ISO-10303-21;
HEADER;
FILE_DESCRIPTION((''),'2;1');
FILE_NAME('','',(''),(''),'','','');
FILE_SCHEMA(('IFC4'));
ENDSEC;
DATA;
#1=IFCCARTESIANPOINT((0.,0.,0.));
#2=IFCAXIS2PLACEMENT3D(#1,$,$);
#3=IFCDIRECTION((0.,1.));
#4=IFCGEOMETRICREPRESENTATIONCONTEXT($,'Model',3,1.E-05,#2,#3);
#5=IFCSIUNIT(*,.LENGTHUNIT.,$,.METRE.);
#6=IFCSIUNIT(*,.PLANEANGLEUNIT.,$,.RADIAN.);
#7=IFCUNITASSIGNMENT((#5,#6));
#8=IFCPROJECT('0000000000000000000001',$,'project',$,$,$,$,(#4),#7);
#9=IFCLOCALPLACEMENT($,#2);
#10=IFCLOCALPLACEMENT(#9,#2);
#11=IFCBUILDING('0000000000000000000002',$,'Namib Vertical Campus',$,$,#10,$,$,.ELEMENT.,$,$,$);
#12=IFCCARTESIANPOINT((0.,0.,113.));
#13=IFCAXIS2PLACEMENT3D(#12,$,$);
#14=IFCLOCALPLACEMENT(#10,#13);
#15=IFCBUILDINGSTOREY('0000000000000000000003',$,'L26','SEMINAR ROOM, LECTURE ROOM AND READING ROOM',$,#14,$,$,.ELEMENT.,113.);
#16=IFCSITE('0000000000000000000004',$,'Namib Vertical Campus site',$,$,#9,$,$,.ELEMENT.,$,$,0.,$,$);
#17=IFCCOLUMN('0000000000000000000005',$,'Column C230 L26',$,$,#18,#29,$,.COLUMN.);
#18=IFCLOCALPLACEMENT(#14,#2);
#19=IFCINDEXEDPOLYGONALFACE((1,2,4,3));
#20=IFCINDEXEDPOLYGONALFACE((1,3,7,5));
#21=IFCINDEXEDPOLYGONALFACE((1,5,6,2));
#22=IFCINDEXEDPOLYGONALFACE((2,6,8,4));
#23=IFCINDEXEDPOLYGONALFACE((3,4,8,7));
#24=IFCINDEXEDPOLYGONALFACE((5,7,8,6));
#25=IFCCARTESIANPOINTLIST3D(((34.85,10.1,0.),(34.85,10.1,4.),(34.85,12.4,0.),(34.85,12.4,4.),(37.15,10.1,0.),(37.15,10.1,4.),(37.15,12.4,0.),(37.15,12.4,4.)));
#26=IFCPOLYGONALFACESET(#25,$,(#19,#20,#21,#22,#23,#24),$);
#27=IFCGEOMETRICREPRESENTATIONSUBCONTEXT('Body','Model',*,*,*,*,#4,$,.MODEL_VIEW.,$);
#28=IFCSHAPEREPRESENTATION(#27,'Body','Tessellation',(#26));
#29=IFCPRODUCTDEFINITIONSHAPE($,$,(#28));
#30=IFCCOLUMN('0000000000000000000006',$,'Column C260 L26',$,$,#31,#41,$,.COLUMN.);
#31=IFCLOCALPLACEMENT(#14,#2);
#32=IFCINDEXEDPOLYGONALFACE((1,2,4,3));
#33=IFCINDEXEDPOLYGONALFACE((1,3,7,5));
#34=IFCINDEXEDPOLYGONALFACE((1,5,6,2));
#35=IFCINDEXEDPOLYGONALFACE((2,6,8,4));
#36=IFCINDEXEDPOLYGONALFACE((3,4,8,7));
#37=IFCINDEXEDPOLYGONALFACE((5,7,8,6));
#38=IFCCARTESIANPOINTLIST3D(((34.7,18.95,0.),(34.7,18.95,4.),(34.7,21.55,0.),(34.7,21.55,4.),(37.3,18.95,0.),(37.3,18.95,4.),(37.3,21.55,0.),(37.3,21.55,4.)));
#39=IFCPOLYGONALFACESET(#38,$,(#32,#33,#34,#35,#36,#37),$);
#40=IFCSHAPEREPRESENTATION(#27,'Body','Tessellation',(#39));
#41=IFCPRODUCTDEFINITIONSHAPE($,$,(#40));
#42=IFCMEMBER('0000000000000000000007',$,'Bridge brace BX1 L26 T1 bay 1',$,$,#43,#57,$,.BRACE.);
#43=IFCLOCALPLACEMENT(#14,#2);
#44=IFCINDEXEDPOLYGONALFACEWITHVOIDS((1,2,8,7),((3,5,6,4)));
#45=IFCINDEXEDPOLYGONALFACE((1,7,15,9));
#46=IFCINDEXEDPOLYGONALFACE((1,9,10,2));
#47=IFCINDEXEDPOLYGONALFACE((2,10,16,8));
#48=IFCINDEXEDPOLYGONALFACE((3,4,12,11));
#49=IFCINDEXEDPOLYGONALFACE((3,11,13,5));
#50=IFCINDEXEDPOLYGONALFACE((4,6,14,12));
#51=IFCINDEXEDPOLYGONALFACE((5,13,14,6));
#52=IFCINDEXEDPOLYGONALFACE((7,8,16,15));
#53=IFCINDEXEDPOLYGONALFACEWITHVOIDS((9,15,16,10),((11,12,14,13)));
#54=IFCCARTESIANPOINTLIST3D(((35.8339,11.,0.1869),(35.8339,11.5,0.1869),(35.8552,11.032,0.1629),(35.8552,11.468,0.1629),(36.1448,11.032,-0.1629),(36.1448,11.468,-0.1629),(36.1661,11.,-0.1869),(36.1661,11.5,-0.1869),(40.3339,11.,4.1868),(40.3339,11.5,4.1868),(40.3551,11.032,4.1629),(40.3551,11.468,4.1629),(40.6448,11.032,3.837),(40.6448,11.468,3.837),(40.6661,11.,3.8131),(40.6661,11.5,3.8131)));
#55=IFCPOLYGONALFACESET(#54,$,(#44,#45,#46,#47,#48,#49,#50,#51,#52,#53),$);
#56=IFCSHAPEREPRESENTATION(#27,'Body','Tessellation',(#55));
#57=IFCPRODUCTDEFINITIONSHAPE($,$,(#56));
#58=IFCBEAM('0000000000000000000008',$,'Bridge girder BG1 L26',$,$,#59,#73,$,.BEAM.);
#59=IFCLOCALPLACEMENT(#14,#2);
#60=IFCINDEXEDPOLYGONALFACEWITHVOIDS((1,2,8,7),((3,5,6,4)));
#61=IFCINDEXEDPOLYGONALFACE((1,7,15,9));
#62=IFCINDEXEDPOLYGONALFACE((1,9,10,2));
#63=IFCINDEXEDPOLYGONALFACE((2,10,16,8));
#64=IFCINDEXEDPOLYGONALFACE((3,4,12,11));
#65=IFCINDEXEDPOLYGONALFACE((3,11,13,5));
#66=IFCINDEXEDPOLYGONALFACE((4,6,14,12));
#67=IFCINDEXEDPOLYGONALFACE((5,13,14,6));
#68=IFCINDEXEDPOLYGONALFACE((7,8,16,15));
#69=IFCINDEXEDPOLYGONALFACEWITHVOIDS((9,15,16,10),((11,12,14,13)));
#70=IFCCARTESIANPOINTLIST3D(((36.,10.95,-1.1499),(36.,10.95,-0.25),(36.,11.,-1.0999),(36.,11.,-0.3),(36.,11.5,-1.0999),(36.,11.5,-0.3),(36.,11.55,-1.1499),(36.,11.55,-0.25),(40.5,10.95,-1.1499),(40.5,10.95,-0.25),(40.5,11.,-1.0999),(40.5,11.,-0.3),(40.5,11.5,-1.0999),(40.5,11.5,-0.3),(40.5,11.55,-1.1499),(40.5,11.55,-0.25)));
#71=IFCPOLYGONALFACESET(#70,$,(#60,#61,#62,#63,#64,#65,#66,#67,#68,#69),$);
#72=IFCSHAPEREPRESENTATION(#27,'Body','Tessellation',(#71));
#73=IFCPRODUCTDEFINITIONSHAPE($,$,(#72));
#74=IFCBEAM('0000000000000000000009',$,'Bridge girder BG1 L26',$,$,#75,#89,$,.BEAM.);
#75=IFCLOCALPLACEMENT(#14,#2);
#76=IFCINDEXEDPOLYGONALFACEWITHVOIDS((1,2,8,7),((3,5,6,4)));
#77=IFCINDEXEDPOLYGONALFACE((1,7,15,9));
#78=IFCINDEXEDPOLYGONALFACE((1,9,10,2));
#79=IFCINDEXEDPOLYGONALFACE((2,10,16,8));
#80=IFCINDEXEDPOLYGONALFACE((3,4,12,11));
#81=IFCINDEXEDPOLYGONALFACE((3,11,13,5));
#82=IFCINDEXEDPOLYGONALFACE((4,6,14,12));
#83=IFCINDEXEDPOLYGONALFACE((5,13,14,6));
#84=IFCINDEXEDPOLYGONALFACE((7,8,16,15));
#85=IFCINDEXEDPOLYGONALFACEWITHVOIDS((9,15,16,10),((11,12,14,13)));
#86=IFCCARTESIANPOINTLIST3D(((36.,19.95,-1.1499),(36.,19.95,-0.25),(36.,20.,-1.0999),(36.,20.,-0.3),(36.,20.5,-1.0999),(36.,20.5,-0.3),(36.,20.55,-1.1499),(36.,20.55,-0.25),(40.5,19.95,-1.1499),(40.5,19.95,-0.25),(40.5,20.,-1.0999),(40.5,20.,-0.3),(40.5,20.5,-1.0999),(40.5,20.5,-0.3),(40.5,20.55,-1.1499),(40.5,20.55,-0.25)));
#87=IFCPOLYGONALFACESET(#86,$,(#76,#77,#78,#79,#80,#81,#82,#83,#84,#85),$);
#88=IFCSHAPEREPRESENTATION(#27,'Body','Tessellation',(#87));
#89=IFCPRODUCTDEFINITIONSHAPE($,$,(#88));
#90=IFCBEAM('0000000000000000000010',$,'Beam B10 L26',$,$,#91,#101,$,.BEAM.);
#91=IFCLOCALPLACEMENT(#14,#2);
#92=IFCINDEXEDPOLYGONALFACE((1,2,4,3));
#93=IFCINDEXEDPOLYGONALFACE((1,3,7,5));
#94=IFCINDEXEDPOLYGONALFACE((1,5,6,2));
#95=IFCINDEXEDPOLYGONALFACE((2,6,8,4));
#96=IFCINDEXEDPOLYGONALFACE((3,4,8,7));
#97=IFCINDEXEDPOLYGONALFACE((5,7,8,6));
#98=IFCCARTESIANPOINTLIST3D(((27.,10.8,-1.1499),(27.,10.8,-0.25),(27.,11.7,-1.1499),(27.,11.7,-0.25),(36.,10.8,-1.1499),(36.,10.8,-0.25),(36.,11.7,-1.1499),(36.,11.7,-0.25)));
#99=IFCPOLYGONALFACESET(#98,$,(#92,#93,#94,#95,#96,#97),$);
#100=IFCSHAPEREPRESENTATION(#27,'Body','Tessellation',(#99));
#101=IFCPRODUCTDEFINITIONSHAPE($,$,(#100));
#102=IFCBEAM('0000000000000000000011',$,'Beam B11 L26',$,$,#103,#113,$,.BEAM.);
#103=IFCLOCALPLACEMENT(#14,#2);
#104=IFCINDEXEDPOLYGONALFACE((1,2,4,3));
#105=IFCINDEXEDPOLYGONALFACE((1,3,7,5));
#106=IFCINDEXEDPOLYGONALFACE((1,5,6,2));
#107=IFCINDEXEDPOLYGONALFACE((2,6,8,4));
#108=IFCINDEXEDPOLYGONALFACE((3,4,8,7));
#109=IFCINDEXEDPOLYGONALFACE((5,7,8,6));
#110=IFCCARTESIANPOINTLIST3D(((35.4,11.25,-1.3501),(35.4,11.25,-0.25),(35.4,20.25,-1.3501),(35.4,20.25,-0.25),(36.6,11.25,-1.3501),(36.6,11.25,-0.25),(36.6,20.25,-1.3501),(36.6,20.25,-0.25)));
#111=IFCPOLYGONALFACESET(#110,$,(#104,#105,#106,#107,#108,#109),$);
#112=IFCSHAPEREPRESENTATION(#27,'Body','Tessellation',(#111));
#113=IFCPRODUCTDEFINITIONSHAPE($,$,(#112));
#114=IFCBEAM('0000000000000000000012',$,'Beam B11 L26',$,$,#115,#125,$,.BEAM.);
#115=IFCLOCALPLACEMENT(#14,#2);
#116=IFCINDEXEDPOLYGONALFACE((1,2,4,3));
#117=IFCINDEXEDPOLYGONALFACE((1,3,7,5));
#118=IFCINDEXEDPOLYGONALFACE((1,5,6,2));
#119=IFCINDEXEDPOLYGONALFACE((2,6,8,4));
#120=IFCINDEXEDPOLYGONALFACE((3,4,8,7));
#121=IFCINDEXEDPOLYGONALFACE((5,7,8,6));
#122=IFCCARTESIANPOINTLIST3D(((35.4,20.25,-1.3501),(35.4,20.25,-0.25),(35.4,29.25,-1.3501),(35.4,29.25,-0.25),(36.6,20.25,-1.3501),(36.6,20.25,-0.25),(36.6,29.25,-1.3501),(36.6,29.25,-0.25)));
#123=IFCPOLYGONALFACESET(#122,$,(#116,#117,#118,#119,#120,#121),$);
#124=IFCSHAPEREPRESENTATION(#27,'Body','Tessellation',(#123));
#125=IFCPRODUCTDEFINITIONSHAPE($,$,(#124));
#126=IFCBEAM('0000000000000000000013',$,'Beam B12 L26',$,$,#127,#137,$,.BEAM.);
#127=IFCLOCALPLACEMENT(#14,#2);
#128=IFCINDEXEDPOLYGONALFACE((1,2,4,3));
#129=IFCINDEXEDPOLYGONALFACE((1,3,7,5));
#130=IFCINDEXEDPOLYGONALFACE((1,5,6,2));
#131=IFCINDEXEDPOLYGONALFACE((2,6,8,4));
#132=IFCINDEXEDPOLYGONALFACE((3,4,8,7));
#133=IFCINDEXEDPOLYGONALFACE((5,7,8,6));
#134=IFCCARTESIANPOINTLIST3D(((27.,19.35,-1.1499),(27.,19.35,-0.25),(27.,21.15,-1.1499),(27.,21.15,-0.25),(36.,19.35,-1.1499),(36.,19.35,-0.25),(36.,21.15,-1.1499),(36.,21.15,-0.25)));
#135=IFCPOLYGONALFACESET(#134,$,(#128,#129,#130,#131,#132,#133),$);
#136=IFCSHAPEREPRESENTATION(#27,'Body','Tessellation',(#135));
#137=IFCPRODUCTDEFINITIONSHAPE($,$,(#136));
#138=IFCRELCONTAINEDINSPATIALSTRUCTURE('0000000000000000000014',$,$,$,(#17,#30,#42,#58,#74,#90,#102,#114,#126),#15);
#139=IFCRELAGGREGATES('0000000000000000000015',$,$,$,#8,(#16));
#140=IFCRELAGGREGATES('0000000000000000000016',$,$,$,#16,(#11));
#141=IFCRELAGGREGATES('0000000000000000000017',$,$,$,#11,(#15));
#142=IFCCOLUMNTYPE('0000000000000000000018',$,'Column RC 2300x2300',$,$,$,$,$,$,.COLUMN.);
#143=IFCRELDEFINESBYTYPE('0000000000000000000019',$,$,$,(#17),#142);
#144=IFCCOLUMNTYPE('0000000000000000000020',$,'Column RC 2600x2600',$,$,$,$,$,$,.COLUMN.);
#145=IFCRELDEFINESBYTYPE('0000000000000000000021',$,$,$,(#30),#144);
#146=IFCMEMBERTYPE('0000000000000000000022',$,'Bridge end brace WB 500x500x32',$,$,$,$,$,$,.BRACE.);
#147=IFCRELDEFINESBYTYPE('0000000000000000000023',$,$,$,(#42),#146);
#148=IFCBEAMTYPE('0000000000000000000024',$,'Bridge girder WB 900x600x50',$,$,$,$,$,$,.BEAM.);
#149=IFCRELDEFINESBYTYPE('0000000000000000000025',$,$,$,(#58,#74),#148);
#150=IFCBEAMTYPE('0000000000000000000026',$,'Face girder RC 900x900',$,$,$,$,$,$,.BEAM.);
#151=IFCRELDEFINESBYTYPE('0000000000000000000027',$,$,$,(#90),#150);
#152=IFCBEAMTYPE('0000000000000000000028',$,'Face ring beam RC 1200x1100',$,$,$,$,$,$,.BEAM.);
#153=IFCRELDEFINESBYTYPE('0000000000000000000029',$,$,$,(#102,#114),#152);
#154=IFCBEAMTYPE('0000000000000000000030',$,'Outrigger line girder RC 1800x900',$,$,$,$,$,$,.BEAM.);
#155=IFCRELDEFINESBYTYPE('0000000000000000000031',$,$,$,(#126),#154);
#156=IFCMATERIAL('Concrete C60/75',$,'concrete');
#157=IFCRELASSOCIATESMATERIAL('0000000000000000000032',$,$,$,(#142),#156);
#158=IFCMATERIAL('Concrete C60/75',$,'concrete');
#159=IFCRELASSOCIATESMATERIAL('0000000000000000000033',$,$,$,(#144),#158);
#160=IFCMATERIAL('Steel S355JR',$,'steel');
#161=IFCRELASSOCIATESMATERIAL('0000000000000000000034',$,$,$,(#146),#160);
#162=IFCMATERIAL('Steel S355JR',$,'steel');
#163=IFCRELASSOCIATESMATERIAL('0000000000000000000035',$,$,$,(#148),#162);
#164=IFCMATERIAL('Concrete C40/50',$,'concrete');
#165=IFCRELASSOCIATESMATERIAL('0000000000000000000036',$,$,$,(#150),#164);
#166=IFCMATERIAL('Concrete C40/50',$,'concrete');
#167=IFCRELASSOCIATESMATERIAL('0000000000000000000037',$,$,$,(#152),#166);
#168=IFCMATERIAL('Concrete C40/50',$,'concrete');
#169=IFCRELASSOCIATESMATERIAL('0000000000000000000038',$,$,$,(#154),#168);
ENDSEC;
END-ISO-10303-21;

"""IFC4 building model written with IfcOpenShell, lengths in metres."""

from ifc_helpers import new_model, si_unit, direction, frame, origin, origin_2d, place, context, subcontext, project, spatial, rectangle, hollow_rectangle, extrude, material, material_profile, profile_set, type_object, element, save


model = new_model("IFC4")

# Units and contexts
model_context = context("Model", 3, precision=1e-05, world=origin(), true_north=direction((0.0, 1.0)))
body_context = subcontext(model_context, "Body", "Model", "MODEL_VIEW")
ifc_project = project(units=[si_unit("LENGTHUNIT", "METRE"), si_unit("PLANEANGLEUNIT", "RADIAN")], contexts=[model_context])

# Site, building, storey
site_placement = place(None, origin())
site = spatial("IfcSite", under=ifc_project, at=site_placement, Name="Namib Vertical Campus site", CompositionType="ELEMENT", RefElevation=0.0)
building_placement = place(site_placement, origin())
building = spatial("IfcBuilding", under=site, at=building_placement, Name="Namib Vertical Campus", CompositionType="ELEMENT")
storey_placement = place(building_placement, frame((0.0, 0.0, 113.0)))
storey = spatial("IfcBuildingStorey", under=building, at=storey_placement, Name="L26", Description="SEMINAR ROOM, LECTURE ROOM AND READING ROOM", CompositionType="ELEMENT", Elevation=113.0)

# Columns
ifc_material_1 = material(Name="Concrete C60/75", Category="concrete")
ifc_material_profile_1 = material_profile(ifc_material_1, rectangle(XDim=2.3, YDim=2.3, at=origin_2d()))
ifc_profile_set_1 = profile_set([ifc_material_profile_1], Name="Concrete C60/75")
column_type_1 = type_object("IfcColumnType", Name="Column RC 2300x2300", PredefinedType="COLUMN", material=ifc_profile_set_1)
column_1_placement = place(storey_placement, frame((36.0, 11.25, 0.0), z_axis=(0.0, 0.0, 1.0), x_axis=(1.0, 0.0, 0.0)))
element("IfcColumn", 1, at=column_1_placement, inside=storey, type_object=column_type_1, Name="Column C230 L26", PredefinedType="COLUMN", context=body_context, shape_type="SweptSolid", body=[
    extrude(rectangle(XDim=2.3, YDim=2.3, at=origin_2d()), origin(), (0.0, 0.0, 1.0), 4.0),
])
ifc_material_2 = material(Name="Concrete C60/75", Category="concrete")
ifc_material_profile_2 = material_profile(ifc_material_2, rectangle(XDim=2.6001, YDim=2.6001, at=origin_2d()))
ifc_profile_set_2 = profile_set([ifc_material_profile_2], Name="Concrete C60/75")
column_type_2 = type_object("IfcColumnType", Name="Column RC 2600x2600", PredefinedType="COLUMN", material=ifc_profile_set_2)
column_2_placement = place(storey_placement, frame((36.0, 20.25, 0.0), z_axis=(0.0, 0.0, 1.0), x_axis=(1.0, 0.0, 0.0)))
element("IfcColumn", 2, at=column_2_placement, inside=storey, type_object=column_type_2, Name="Column C260 L26", PredefinedType="COLUMN", context=body_context, shape_type="SweptSolid", body=[
    extrude(rectangle(XDim=2.6001, YDim=2.6001, at=origin_2d()), origin(), (0.0, 0.0, 1.0), 4.0),
])

# Member
ifc_material_3 = material(Name="Steel S355JR", Category="steel")
ifc_material_profile_3 = material_profile(ifc_material_3, hollow_rectangle(XDim=0.5, YDim=0.5, WallThickness=0.032, at=origin_2d()))
ifc_profile_set_3 = profile_set([ifc_material_profile_3], Name="Steel S355JR")
member_type = type_object("IfcMemberType", Name="Bridge end brace WB 500x500x32", PredefinedType="BRACE", material=ifc_profile_set_3)
member_placement = place(storey_placement, frame((36.0, 11.25, 0.0), z_axis=(0.747409, 0.0, 0.664364), x_axis=(0.0, 1.0, 0.0)))
element("IfcMember", 3, at=member_placement, inside=storey, type_object=member_type, Name="Bridge brace BX1 L26 T1 bay 1", PredefinedType="BRACE", context=body_context, shape_type="SweptSolid", body=[
    extrude(hollow_rectangle(XDim=0.5, YDim=0.5, WallThickness=0.032, at=origin_2d()), origin(), (0.0, 0.0, 1.0), 6.0208),
])

# Beams
ifc_material_4 = material(Name="Steel S355JR", Category="steel")
ifc_material_profile_4 = material_profile(ifc_material_4, hollow_rectangle(XDim=0.6001, YDim=0.8999, WallThickness=0.05, at=origin_2d()))
ifc_profile_set_4 = profile_set([ifc_material_profile_4], Name="Steel S355JR")
beam_type_1 = type_object("IfcBeamType", Name="Bridge girder WB 900x600x50", PredefinedType="BEAM", material=ifc_profile_set_4)
for number, where, z_axis, x_axis, name in (
    (4, (36.0, 11.25, -0.7), (1.0, 0.0, 0.0), (0.0, 1.0, 0.0), "Bridge girder BG1 L26"),
    (5, (36.0, 20.25, -0.7), (1.0, 0.0, 0.0), (0.0, 1.0, 0.0), "Bridge girder BG1 L26"),
):
    element("IfcBeam", number, at=place(storey_placement, frame(where, z_axis=z_axis, x_axis=x_axis)), inside=storey, type_object=beam_type_1, Name=name, PredefinedType="BEAM", context=body_context, shape_type="SweptSolid", body=[
        extrude(hollow_rectangle(XDim=0.6001, YDim=0.8999, WallThickness=0.05, at=origin_2d()), origin(), (0.0, 0.0, 1.0), 4.5),
    ])
ifc_material_5 = material(Name="Concrete C40/50", Category="concrete")
ifc_material_profile_5 = material_profile(ifc_material_5, rectangle(XDim=0.8999, YDim=0.8999, at=origin_2d()))
ifc_profile_set_5 = profile_set([ifc_material_profile_5], Name="Concrete C40/50")
beam_type_2 = type_object("IfcBeamType", Name="Face girder RC 900x900", PredefinedType="BEAM", material=ifc_profile_set_5)
beam_1_placement = place(storey_placement, frame((36.0, 11.25, -0.7), z_axis=(-1.0, 0.0, 0.0), x_axis=(0.0, -1.0, 0.0)))
element("IfcBeam", 6, at=beam_1_placement, inside=storey, type_object=beam_type_2, Name="Beam B10 L26", PredefinedType="BEAM", context=body_context, shape_type="SweptSolid", body=[
    extrude(rectangle(XDim=0.8999, YDim=0.8999, at=origin_2d()), origin(), (0.0, 0.0, 1.0), 9.0),
])
ifc_material_6 = material(Name="Concrete C40/50", Category="concrete")
ifc_material_profile_6 = material_profile(ifc_material_6, rectangle(XDim=1.2, YDim=1.1001, at=origin_2d()))
ifc_profile_set_6 = profile_set([ifc_material_profile_6], Name="Concrete C40/50")
beam_type_3 = type_object("IfcBeamType", Name="Face ring beam RC 1200x1100", PredefinedType="BEAM", material=ifc_profile_set_6)
for number, where, z_axis, x_axis, name in (
    (7, (36.0, 11.25, -0.8), (0.0, 1.0, 0.0), (-1.0, 0.0, 0.0), "Beam B11 L26"),
    (8, (36.0, 20.25, -0.8), (0.0, 1.0, 0.0), (-1.0, 0.0, 0.0), "Beam B11 L26"),
):
    element("IfcBeam", number, at=place(storey_placement, frame(where, z_axis=z_axis, x_axis=x_axis)), inside=storey, type_object=beam_type_3, Name=name, PredefinedType="BEAM", context=body_context, shape_type="SweptSolid", body=[
        extrude(rectangle(XDim=1.2, YDim=1.1001, at=origin_2d()), origin(), (0.0, 0.0, 1.0), 9.0),
    ])
ifc_material_7 = material(Name="Concrete C40/50", Category="concrete")
ifc_material_profile_7 = material_profile(ifc_material_7, rectangle(XDim=1.8, YDim=0.8999, at=origin_2d()))
ifc_profile_set_7 = profile_set([ifc_material_profile_7], Name="Concrete C40/50")
beam_type_4 = type_object("IfcBeamType", Name="Outrigger line girder RC 1800x900", PredefinedType="BEAM", material=ifc_profile_set_7)
beam_2_placement = place(storey_placement, frame((36.0, 20.25, -0.7), z_axis=(-1.0, 0.0, 0.0), x_axis=(0.0, -1.0, 0.0)))
element("IfcBeam", 9, at=beam_2_placement, inside=storey, type_object=beam_type_4, Name="Beam B12 L26", PredefinedType="BEAM", context=body_context, shape_type="SweptSolid", body=[
    extrude(rectangle(XDim=1.8, YDim=0.8999, at=origin_2d()), origin(), (0.0, 0.0, 1.0), 9.0),
])

save(model, "model.ifc")
